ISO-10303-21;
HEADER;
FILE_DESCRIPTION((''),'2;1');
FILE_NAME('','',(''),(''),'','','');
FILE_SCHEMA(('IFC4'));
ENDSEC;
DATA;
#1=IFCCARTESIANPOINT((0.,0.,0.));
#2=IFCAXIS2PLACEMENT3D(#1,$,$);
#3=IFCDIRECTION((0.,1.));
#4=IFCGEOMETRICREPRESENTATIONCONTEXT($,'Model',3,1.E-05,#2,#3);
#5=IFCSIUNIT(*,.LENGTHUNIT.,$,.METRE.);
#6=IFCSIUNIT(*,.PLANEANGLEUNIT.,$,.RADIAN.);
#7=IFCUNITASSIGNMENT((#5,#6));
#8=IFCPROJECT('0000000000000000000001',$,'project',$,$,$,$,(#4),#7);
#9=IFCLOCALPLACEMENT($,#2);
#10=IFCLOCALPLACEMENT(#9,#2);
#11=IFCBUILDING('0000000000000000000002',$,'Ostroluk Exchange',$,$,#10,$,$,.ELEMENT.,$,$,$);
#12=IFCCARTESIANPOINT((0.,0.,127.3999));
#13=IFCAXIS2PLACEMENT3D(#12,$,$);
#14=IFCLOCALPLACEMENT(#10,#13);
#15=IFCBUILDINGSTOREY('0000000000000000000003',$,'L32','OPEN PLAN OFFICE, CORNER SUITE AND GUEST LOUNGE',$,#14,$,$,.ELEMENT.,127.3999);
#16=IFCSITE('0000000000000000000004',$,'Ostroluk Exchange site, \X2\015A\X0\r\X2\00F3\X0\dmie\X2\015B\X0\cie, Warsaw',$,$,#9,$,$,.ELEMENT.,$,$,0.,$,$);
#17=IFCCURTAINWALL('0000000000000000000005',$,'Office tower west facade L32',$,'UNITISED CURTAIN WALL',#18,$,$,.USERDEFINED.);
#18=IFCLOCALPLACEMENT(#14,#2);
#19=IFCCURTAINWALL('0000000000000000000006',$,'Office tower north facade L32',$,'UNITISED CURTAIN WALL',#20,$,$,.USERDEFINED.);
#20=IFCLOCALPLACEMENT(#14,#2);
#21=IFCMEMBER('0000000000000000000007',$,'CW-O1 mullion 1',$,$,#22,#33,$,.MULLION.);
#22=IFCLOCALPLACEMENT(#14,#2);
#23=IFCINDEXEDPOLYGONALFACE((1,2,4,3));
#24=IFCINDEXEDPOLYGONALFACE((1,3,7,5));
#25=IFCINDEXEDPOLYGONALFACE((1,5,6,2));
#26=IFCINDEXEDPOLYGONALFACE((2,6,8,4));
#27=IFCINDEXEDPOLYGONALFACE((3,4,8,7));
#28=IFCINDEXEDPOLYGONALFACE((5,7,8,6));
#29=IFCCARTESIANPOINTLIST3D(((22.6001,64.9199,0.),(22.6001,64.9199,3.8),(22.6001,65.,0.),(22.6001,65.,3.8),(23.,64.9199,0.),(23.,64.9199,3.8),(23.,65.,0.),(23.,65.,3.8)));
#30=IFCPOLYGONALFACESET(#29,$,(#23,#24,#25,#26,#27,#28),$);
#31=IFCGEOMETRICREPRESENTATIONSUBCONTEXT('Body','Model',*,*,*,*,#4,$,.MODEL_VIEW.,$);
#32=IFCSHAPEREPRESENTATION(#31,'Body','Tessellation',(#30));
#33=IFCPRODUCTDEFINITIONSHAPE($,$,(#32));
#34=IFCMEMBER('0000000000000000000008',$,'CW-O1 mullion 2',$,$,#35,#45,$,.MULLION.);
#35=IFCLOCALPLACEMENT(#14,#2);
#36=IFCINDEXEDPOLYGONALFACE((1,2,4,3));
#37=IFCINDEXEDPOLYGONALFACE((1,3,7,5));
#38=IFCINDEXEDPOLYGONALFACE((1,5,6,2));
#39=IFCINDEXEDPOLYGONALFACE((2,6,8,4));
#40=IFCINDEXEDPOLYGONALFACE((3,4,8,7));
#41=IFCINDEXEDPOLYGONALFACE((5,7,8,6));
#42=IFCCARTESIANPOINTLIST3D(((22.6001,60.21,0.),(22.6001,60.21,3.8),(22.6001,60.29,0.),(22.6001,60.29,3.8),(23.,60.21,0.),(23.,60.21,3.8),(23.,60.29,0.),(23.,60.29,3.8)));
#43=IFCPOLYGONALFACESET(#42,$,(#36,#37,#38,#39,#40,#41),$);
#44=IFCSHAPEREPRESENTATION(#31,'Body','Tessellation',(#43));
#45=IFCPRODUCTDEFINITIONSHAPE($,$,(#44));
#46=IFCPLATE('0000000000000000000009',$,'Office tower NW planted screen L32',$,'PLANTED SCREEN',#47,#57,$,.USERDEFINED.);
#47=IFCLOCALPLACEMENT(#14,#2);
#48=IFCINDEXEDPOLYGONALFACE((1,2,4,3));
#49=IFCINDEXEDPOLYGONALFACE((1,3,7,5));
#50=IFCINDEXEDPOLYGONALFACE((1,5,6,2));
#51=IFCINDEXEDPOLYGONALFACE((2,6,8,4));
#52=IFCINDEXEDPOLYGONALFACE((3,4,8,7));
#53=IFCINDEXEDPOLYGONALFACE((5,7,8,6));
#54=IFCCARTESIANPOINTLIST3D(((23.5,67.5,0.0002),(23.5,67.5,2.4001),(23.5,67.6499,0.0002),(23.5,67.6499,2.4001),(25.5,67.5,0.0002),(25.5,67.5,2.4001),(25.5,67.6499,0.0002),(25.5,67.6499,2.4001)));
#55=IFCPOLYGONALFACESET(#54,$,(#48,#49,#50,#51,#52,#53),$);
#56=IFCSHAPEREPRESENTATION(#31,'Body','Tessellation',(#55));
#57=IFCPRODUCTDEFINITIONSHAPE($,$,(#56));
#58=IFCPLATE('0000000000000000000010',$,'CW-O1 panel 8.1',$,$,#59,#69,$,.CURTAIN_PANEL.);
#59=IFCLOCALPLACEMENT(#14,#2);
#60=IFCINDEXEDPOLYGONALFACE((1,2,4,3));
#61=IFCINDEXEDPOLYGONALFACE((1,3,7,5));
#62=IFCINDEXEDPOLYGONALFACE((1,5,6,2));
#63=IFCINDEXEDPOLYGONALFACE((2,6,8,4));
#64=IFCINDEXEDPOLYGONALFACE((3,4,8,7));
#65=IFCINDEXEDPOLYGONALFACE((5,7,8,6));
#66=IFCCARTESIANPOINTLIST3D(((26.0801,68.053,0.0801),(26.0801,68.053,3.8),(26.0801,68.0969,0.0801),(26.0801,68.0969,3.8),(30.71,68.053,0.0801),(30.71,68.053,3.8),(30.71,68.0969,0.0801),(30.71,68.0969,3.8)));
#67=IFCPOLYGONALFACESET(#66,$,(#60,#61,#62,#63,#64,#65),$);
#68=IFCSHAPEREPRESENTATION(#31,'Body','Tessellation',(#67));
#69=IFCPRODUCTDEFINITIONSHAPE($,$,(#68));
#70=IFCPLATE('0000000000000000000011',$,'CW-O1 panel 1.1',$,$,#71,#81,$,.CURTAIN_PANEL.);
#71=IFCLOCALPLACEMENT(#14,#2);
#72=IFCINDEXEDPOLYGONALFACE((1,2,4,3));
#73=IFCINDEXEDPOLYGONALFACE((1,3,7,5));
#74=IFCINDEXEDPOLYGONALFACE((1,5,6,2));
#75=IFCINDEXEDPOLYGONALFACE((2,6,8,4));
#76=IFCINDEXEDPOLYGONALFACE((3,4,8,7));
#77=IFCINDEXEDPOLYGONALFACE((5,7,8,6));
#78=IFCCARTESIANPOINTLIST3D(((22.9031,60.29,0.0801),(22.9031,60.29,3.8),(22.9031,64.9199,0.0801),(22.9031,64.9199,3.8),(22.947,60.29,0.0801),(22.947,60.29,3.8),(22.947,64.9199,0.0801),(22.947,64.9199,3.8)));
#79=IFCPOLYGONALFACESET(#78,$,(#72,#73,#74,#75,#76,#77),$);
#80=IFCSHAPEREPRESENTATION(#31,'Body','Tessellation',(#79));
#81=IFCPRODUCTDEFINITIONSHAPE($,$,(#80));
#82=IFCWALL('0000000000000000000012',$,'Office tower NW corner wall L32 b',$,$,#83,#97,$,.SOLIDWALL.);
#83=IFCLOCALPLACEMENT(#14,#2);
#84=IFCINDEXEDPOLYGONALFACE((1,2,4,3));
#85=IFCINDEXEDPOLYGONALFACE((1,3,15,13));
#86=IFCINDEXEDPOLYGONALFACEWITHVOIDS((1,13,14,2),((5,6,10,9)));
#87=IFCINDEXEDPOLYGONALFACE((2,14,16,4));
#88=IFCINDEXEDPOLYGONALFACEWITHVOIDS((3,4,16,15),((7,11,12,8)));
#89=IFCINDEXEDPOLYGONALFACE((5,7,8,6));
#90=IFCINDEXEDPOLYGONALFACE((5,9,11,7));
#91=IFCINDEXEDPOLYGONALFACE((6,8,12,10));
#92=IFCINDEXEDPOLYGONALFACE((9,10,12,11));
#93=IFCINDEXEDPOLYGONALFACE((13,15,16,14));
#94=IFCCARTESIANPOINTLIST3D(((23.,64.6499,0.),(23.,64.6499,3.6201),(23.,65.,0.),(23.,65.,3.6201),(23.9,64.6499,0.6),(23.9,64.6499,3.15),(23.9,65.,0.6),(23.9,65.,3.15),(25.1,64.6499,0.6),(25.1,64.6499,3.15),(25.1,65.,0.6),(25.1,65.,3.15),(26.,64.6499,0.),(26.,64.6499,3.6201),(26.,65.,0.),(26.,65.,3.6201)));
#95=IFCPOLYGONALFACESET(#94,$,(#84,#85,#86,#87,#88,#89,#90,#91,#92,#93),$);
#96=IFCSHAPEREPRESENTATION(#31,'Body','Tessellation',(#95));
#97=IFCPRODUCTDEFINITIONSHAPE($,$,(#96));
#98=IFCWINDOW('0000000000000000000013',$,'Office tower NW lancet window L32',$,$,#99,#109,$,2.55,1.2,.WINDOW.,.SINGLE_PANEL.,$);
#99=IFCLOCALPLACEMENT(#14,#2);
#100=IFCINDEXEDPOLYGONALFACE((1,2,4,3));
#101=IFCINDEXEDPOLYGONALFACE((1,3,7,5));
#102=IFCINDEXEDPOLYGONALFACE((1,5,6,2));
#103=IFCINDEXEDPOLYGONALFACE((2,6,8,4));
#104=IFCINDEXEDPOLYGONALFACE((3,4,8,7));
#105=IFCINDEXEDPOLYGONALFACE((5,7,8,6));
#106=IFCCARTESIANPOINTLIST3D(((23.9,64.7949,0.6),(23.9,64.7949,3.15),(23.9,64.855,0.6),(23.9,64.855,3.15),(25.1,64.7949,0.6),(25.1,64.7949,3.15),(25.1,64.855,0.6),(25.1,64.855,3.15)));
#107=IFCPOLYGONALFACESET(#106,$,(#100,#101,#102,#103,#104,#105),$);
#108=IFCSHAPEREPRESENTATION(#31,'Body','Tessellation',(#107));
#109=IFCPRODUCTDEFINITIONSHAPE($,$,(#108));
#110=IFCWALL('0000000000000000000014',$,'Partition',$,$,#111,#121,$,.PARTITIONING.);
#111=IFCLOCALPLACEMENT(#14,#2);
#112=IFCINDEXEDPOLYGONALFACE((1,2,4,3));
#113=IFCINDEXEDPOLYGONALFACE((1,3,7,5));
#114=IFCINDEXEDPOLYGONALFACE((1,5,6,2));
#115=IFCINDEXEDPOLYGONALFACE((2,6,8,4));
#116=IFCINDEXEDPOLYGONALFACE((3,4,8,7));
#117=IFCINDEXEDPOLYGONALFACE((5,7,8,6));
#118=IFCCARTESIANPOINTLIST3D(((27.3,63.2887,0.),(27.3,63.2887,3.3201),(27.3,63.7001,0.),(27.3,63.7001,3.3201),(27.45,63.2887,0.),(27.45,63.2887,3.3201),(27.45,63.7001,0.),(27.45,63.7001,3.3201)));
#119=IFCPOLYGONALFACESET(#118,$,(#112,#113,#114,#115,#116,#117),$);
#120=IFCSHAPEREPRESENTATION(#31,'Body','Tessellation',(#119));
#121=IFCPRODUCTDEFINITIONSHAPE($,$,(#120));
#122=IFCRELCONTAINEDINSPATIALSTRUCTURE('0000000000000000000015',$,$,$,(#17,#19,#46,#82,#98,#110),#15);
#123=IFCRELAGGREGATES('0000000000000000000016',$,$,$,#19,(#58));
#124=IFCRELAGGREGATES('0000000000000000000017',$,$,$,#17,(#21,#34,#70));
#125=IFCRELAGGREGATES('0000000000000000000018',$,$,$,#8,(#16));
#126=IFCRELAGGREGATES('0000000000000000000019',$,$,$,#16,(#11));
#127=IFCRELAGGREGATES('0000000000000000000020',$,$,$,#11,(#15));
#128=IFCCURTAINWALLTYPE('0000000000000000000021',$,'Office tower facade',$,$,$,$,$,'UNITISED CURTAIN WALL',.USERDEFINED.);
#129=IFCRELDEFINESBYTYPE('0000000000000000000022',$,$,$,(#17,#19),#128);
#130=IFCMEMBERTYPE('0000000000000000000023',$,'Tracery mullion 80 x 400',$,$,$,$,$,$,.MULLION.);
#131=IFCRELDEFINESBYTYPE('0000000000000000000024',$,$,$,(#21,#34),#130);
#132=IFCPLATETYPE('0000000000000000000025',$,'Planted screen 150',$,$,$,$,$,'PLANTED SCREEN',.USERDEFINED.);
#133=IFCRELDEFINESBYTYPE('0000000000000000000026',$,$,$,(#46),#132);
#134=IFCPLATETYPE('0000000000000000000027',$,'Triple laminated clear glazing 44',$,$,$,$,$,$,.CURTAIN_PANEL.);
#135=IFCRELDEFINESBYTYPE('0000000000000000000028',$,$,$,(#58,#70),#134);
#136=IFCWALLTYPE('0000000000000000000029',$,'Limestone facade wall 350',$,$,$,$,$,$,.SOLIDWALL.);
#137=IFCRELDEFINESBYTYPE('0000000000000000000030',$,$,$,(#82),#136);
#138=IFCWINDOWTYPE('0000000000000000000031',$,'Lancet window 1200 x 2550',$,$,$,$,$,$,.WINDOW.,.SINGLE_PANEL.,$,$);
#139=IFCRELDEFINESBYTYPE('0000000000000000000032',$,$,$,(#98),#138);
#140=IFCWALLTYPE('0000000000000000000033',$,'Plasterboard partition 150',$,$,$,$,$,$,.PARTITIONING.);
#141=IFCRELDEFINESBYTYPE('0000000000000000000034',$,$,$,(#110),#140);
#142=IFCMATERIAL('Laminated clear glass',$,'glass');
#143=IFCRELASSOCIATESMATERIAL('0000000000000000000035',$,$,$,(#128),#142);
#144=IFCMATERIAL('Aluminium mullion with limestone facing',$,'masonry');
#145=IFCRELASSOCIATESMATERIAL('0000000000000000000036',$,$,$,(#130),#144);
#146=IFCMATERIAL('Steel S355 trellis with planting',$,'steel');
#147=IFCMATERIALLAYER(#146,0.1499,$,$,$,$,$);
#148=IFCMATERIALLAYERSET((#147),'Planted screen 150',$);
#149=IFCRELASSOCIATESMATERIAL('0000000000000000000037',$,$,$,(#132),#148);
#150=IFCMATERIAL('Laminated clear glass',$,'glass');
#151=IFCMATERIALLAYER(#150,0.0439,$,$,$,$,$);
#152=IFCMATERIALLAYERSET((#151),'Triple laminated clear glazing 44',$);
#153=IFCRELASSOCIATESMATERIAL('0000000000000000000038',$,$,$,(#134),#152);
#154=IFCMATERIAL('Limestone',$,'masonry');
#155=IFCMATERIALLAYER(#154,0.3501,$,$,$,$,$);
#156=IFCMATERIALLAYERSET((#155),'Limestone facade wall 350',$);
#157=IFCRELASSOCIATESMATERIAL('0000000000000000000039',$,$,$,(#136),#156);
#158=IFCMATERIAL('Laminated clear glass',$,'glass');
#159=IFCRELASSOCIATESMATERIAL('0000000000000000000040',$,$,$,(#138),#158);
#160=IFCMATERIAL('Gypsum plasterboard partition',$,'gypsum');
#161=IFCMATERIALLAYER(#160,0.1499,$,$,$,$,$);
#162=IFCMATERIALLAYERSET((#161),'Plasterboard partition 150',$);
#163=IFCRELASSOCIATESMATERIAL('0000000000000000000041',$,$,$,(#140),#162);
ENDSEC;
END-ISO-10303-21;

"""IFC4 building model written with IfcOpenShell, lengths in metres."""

from ifc_helpers import new_model, si_unit, direction, frame, frame_2d, origin, origin_2d, place, context, subcontext, project, spatial, rectangle, extrude, material, layer, layer_set, material_profile, profile_set, type_object, element, fill, aggregate, save


model = new_model("IFC4")

# Units and contexts
model_context = context("Model", 3, precision=1e-05, world=origin(), true_north=direction((0.0, 1.0)))
body_context = subcontext(model_context, "Body", "Model", "MODEL_VIEW")
ifc_project = project(units=[si_unit("LENGTHUNIT", "METRE"), si_unit("PLANEANGLEUNIT", "RADIAN")], contexts=[model_context])

# Site, building, storey
site_placement = place(None, origin())
site = spatial("IfcSite", under=ifc_project, at=site_placement, Name="Ostroluk Exchange site, Śródmieście, Warsaw", CompositionType="ELEMENT", RefElevation=0.0)
building_placement = place(site_placement, origin())
building = spatial("IfcBuilding", under=site, at=building_placement, Name="Ostroluk Exchange", CompositionType="ELEMENT")
storey_placement = place(building_placement, frame((0.0, 0.0, 127.3999)))
storey = spatial("IfcBuildingStorey", under=building, at=storey_placement, Name="L32", Description="OPEN PLAN OFFICE, CORNER SUITE AND GUEST LOUNGE", CompositionType="ELEMENT", Elevation=127.3999)

# Curtain wall
ifc_material_1 = material(Name="Laminated clear glass", Category="glass")
curtain_wall_type = type_object("IfcCurtainWallType", Name="Office tower facade", ElementType="UNITISED CURTAIN WALL", PredefinedType="USERDEFINED", material=ifc_material_1)
curtain_wall_1_placement = place(storey_placement, origin())
curtain_wall_1 = element("IfcCurtainWall", 1, at=curtain_wall_1_placement, inside=storey, type_object=curtain_wall_type, Name="Office tower west facade L32", ObjectType="UNITISED CURTAIN WALL", PredefinedType="USERDEFINED")

# Curtain wall
curtain_wall_2_placement = place(storey_placement, origin())
curtain_wall_2 = element("IfcCurtainWall", 2, at=curtain_wall_2_placement, inside=storey, type_object=curtain_wall_type, Name="Office tower north facade L32", ObjectType="UNITISED CURTAIN WALL", PredefinedType="USERDEFINED")
ifc_material_2 = material(Name="Aluminium mullion with limestone facing", Category="masonry")
ifc_material_profile_1 = material_profile(ifc_material_2, rectangle(XDim=0.3999, YDim=0.0801, at=origin_2d()), Name="Tracery mullion 80 x 400")
ifc_profile_set_1 = profile_set([ifc_material_profile_1], Name="Aluminium mullion with limestone facing")
member_type_1 = type_object("IfcMemberType", Name="Tracery mullion 80 x 400", PredefinedType="MULLION", material=ifc_profile_set_1)

# Members
member_1_placement = place(storey_placement, frame((22.8, 64.96, 0.0), z_axis=(0.0, 0.0, 1.0), x_axis=(1.0, 0.0, 0.0)))
member_1 = element("IfcMember", 3, at=member_1_placement, type_object=member_type_1, Name="CW-O1 mullion 1", PredefinedType="MULLION", context=body_context, shape_type="SweptSolid", body=[
    extrude(rectangle(XDim=0.3999, YDim=0.0801, at=origin_2d()), origin(), (0.0, 0.0, 1.0), 3.8),
])
member_2_placement = place(storey_placement, frame((22.8, 60.25, 0.0), z_axis=(0.0, 0.0, 1.0), x_axis=(1.0, 0.0, 0.0)))
member_2 = element("IfcMember", 4, at=member_2_placement, type_object=member_type_1, Name="CW-O1 mullion 2", PredefinedType="MULLION", context=body_context, shape_type="SweptSolid", body=[
    extrude(rectangle(XDim=0.3999, YDim=0.0801, at=origin_2d()), origin(), (0.0, 0.0, 1.0), 3.8),
])

# Plates
ifc_material_3 = material(Name="Steel S355 trellis with planting", Category="steel")
ifc_layer_1 = layer(ifc_material_3, 0.1499)
ifc_layer_set_1 = layer_set([ifc_layer_1], Name="Planted screen 150")
plate_type_1 = type_object("IfcPlateType", Name="Planted screen 150", ElementType="PLANTED SCREEN", PredefinedType="USERDEFINED", material=ifc_layer_set_1)
plate_1_placement = place(storey_placement, frame((24.5, 67.575, 0.0002), z_axis=(0.0, 0.0, 1.0), x_axis=(1.0, 0.0, 0.0)))
element("IfcPlate", 5, at=plate_1_placement, inside=storey, type_object=plate_type_1, Name="Office tower NW planted screen L32", ObjectType="PLANTED SCREEN", PredefinedType="USERDEFINED", context=body_context, shape_type="SweptSolid", body=[
    extrude(rectangle(XDim=2.0, YDim=0.1499, at=origin_2d()), origin(), (0.0, 0.0, 1.0), 2.3999),
])
ifc_material_4 = material(Name="Laminated clear glass", Category="glass")
ifc_layer_2 = layer(ifc_material_4, 0.0439)
ifc_layer_set_2 = layer_set([ifc_layer_2], Name="Triple laminated clear glazing 44")
plate_type_2 = type_object("IfcPlateType", Name="Triple laminated clear glazing 44", PredefinedType="CURTAIN_PANEL", material=ifc_layer_set_2)
plate_2_placement = place(storey_placement, frame((28.395, 68.075, 0.0801), z_axis=(0.0, 0.0, 1.0), x_axis=(-1.0, 0.0, 0.0)))
plate_2 = element("IfcPlate", 6, at=plate_2_placement, type_object=plate_type_2, Name="CW-O1 panel 8.1", PredefinedType="CURTAIN_PANEL", context=body_context, shape_type="SweptSolid", body=[
    extrude(rectangle(XDim=4.6299, YDim=0.0439, at=origin_2d()), origin(), (0.0, 0.0, 1.0), 3.72),
])
aggregate(curtain_wall_2, [plate_2])
plate_3_placement = place(storey_placement, frame((22.925, 62.605, 0.0801), z_axis=(0.0, 0.0, 1.0), x_axis=(0.0, -1.0, 0.0)))
plate_3 = element("IfcPlate", 7, at=plate_3_placement, type_object=plate_type_2, Name="CW-O1 panel 1.1", PredefinedType="CURTAIN_PANEL", context=body_context, shape_type="SweptSolid", body=[
    extrude(rectangle(XDim=4.6299, YDim=0.0439, at=origin_2d()), origin(), (0.0, 0.0, 1.0), 3.72),
])
aggregate(curtain_wall_1, [member_1, member_2, plate_3])

# Shared definitions
ifc_material_5 = material(Name="Limestone", Category="masonry")
ifc_layer_3 = layer(ifc_material_5, 0.3501)
ifc_layer_set_3 = layer_set([ifc_layer_3], Name="Limestone facade wall 350")
wall_type_1 = type_object("IfcWallType", Name="Limestone facade wall 350", PredefinedType="SOLIDWALL", material=ifc_layer_set_3)

# Wall, opening, window
wall_1_placement = place(storey_placement, frame((26.0, 64.825, 0.0), z_axis=(0.0, 0.0, 1.0), x_axis=(-1.0, 0.0, 0.0)))
wall_1 = element("IfcWall", 8, at=wall_1_placement, inside=storey, type_object=wall_type_1, Name="Office tower NW corner wall L32 b", PredefinedType="SOLIDWALL", context=body_context, shape_type="SweptSolid", body=[
    extrude(rectangle(XDim=3.0, YDim=0.3501, at=frame_2d((1.5, 0.0))), origin(), (0.0, 0.0, 1.0), 3.6201),
])
opening_1_placement = place(wall_1_placement, frame((0.8999, 0.0, 0.6001)))
opening_1 = element("IfcOpeningElement", 9, at=opening_1_placement, cuts=wall_1, PredefinedType="OPENING", context=body_context, shape_type="SweptSolid", body=[
    extrude(rectangle(XDim=1.2, YDim=2.55, at=frame_2d((0.6001, 1.2749))), frame((0.0, 0.1851, 0.0), z_axis=(0.0, -1.0, 0.0), x_axis=(1.0, 0.0, 0.0)), (0.0, 0.0, 1.0), 0.3701),
])
ifc_material_6 = material(Name="Laminated clear glass", Category="glass")
window_type = type_object("IfcWindowType", Name="Lancet window 1200 x 2550", PartitioningType="SINGLE_PANEL", PredefinedType="WINDOW", material=ifc_material_6)
window_placement = place(opening_1_placement, origin())
window = element("IfcWindow", 10, at=window_placement, inside=storey, type_object=window_type, Name="Office tower NW lancet window L32", OverallHeight=2.55, OverallWidth=1.2, PartitioningType="SINGLE_PANEL", PredefinedType="WINDOW", context=body_context, shape_type="SweptSolid", body=[
    extrude(rectangle(XDim=1.2, YDim=2.55, at=frame_2d((0.6001, 1.2749))), frame((0.0, 0.03, 0.0), z_axis=(0.0, -1.0, 0.0), x_axis=(1.0, 0.0, 0.0)), (0.0, 0.0, 1.0), 0.0601),
])
fill(opening_1, window)

# Wall
ifc_material_7 = material(Name="Gypsum plasterboard partition", Category="gypsum")
ifc_layer_4 = layer(ifc_material_7, 0.1499)
ifc_layer_set_4 = layer_set([ifc_layer_4], Name="Plasterboard partition 150")
wall_type_2 = type_object("IfcWallType", Name="Plasterboard partition 150", PredefinedType="PARTITIONING", material=ifc_layer_set_4)
wall_2_placement = place(storey_placement, frame((27.375, 63.7, 0.0), z_axis=(0.0, 0.0, 1.0), x_axis=(0.0, -1.0, 0.0)))
element("IfcWall", 11, at=wall_2_placement, inside=storey, type_object=wall_type_2, Name="Partition", PredefinedType="PARTITIONING", context=body_context, shape_type="SweptSolid", body=[
    extrude(rectangle(XDim=0.4114, YDim=0.1499, at=frame_2d((0.2056, 0.0))), origin(), (0.0, 0.0, 1.0), 3.3201),
])

save(model, "model.ifc")
